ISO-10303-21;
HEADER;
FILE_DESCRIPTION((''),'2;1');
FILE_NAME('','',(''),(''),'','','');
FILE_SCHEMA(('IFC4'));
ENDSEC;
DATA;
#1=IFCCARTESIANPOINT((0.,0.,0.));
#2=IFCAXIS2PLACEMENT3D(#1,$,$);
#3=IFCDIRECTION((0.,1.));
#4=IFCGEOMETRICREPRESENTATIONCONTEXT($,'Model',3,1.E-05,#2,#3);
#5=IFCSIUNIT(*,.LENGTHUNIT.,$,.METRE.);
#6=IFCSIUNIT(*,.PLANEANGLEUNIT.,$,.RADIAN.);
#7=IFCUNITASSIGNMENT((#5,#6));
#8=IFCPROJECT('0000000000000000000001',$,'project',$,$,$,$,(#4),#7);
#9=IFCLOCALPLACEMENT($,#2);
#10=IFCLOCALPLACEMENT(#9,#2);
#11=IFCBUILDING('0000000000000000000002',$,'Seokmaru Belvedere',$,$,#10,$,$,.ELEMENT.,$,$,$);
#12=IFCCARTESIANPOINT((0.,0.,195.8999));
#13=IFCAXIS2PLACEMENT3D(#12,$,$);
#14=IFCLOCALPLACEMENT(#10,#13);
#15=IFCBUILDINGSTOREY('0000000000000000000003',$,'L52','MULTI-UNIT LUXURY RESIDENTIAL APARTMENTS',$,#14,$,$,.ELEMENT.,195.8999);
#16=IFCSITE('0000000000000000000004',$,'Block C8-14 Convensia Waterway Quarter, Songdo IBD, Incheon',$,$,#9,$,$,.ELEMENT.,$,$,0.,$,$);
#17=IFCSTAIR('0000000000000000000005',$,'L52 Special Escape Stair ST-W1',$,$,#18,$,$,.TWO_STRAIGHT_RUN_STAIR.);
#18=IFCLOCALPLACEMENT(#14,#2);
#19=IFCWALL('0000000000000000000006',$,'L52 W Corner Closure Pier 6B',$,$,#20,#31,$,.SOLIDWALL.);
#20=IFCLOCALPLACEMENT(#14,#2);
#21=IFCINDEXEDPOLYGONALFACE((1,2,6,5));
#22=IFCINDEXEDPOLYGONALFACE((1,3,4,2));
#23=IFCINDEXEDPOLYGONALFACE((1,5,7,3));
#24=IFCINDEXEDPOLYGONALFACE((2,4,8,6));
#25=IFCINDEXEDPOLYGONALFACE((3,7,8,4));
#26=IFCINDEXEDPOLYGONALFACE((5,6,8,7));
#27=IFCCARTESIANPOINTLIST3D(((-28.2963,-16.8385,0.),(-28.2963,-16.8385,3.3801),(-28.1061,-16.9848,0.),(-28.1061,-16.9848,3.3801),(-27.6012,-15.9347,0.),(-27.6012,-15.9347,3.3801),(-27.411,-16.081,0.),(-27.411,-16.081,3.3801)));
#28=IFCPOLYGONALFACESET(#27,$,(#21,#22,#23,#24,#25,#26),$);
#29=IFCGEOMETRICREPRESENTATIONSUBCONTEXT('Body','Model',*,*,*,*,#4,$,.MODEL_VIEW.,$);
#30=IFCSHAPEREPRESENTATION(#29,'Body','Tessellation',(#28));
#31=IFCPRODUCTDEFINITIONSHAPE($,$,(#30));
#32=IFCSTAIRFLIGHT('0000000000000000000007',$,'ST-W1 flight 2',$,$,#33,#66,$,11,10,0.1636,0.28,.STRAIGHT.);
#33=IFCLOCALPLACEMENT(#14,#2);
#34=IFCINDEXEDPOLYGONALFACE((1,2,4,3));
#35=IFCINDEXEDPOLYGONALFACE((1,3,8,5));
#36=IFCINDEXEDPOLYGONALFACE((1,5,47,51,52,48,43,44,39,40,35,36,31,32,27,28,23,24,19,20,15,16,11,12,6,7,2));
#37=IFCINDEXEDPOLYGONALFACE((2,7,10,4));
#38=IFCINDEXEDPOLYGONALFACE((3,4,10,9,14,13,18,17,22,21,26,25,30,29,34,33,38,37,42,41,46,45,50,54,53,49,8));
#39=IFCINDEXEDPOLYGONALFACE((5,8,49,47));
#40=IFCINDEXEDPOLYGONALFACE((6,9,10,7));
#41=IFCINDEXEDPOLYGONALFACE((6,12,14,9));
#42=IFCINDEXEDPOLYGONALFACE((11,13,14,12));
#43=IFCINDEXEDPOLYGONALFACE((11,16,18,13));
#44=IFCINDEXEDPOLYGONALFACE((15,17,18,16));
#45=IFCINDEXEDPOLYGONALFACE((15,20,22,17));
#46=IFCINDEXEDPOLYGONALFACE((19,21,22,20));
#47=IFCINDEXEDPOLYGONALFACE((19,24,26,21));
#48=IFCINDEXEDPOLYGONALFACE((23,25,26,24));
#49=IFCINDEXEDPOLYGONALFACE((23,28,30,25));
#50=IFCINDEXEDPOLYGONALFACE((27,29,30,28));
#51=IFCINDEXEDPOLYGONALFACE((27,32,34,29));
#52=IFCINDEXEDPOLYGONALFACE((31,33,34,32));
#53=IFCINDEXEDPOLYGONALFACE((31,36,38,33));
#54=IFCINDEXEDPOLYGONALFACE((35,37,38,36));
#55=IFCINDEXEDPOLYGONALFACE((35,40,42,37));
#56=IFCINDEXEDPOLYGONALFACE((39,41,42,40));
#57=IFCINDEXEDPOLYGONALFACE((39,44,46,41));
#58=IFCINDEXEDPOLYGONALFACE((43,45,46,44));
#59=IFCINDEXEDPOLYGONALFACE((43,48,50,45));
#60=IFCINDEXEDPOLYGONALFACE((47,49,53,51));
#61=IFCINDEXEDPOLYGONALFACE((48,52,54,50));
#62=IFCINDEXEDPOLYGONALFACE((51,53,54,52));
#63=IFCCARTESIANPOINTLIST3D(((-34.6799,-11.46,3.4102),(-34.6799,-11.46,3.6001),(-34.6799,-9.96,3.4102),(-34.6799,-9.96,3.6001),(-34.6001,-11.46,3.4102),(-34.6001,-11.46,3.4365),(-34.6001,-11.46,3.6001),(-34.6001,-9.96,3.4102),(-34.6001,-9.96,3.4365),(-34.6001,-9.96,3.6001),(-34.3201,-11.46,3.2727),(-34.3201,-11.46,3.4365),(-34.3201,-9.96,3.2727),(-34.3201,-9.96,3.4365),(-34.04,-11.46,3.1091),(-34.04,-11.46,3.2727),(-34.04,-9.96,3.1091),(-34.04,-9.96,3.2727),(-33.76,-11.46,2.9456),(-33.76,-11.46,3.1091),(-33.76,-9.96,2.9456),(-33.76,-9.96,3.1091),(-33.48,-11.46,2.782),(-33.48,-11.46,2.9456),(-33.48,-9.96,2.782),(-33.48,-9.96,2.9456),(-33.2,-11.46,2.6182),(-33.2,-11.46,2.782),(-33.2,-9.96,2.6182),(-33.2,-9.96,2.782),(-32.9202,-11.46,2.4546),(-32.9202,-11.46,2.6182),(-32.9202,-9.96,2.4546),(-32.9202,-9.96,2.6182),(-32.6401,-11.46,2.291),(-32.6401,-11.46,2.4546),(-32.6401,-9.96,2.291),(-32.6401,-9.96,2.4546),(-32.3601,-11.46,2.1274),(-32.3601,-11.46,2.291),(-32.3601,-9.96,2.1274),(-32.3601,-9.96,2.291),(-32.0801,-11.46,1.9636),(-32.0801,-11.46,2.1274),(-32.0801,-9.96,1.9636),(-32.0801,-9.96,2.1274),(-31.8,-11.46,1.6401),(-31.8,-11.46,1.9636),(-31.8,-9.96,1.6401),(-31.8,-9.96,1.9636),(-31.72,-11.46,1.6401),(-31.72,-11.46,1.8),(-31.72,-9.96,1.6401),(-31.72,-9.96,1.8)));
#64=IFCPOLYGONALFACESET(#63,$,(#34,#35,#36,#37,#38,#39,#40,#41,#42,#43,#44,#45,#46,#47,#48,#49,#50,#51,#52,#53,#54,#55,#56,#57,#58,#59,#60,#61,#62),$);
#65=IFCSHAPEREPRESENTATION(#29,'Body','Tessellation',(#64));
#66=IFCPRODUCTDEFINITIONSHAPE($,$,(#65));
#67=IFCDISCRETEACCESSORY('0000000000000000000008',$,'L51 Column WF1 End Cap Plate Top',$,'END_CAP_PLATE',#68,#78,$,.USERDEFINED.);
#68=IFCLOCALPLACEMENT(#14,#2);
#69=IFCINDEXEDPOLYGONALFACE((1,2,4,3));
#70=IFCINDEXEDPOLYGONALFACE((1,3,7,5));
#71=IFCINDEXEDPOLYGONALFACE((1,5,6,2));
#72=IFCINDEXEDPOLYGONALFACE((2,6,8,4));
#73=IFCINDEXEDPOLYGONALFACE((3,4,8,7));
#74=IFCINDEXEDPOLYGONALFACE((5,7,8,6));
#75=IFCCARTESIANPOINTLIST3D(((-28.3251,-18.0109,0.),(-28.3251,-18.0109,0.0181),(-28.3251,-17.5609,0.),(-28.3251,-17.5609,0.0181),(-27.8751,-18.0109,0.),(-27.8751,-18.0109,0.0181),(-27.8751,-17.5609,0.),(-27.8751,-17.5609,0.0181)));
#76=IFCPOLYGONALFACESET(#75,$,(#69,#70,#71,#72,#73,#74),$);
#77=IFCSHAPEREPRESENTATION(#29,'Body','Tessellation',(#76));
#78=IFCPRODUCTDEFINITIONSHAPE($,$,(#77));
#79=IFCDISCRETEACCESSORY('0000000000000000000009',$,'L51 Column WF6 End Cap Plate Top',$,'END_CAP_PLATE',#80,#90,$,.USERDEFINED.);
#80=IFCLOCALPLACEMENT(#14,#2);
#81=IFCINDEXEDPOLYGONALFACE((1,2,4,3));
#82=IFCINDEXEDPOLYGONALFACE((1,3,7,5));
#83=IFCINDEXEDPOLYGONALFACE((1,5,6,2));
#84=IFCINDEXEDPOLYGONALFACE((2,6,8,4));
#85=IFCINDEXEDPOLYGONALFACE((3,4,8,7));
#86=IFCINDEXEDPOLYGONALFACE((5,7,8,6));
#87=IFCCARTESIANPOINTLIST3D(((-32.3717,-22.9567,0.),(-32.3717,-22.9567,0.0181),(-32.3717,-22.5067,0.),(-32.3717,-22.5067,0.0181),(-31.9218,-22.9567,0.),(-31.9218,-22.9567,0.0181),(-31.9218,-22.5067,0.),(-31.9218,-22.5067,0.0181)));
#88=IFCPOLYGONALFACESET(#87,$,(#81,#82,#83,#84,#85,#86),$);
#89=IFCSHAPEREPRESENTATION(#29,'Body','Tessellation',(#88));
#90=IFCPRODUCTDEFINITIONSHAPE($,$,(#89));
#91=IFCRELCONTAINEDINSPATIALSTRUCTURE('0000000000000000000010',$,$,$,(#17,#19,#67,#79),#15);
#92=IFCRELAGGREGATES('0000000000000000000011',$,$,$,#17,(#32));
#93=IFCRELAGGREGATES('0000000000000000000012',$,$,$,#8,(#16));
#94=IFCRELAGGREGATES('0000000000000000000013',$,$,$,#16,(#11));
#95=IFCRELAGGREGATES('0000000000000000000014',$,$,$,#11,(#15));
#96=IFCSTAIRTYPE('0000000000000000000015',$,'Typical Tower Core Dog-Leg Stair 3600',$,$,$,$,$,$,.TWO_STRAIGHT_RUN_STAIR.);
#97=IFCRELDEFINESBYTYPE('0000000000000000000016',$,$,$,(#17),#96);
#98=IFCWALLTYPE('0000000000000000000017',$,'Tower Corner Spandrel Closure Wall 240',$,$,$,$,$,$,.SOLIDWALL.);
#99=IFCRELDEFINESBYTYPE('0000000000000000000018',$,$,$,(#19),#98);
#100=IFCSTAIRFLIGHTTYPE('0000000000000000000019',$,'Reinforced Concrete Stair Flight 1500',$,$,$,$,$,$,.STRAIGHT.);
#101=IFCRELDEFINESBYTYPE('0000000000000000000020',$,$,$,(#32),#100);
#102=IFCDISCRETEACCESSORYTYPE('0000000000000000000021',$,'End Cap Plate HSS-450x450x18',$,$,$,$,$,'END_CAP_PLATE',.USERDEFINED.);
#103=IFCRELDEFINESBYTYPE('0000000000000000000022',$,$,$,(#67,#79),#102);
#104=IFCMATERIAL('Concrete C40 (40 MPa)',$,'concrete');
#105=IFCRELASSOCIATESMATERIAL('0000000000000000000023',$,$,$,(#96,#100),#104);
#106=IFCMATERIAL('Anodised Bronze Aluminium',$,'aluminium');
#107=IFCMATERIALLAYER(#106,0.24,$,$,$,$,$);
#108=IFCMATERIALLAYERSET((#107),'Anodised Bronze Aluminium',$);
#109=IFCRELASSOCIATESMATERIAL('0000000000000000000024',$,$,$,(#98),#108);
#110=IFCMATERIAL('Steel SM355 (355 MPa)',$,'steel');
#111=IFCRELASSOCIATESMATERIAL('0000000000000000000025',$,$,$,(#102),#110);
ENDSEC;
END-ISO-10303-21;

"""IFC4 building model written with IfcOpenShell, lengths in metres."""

from ifc_helpers import new_model, si_unit, direction, frame, frame_2d, origin, origin_2d, place, context, subcontext, project, spatial, polyline, rectangle, outline, extrude, source, transform, mapped, material, layer, layer_set, type_object, type_shapes, element, aggregate, save


model = new_model("IFC4")

# Units and contexts
model_context = context("Model", 3, precision=1e-05, world=origin(), true_north=direction((0.0, 1.0)))
body_context = subcontext(model_context, "Body", "Model", "MODEL_VIEW")
ifc_project = project(units=[si_unit("LENGTHUNIT", "METRE"), si_unit("PLANEANGLEUNIT", "RADIAN")], contexts=[model_context])

# Site, building, storey
site_placement = place(None, origin())
site = spatial("IfcSite", under=ifc_project, at=site_placement, Name="Block C8-14 Convensia Waterway Quarter, Songdo IBD, Incheon", CompositionType="ELEMENT", RefElevation=0.0)
building_placement = place(site_placement, origin())
building = spatial("IfcBuilding", under=site, at=building_placement, Name="Seokmaru Belvedere", CompositionType="ELEMENT")
storey_placement = place(building_placement, frame((0.0, 0.0, 195.8999)))
storey = spatial("IfcBuildingStorey", under=building, at=storey_placement, Name="L52", Description="MULTI-UNIT LUXURY RESIDENTIAL APARTMENTS", CompositionType="ELEMENT", Elevation=195.8999)

# Shared definitions
ifc_material_1 = material(Name="Steel SM355 (355 MPa)", Category="steel")

# Shared definitions
ifc_material_2 = material(Name="Anodised Bronze Aluminium", Category="aluminium")

# Stair
ifc_material_3 = material(Name="Concrete C40 (40 MPa)", Category="concrete")
stair_type = type_object("IfcStairType", Name="Typical Tower Core Dog-Leg Stair 3600", PredefinedType="TWO_STRAIGHT_RUN_STAIR", material=ifc_material_3)
stair_placement = place(storey_placement, origin())
stair = element("IfcStair", 1, at=stair_placement, inside=storey, type_object=stair_type, Name="L52 Special Escape Stair ST-W1", PredefinedType="TWO_STRAIGHT_RUN_STAIR")

# Wall
ifc_layer_1 = layer(ifc_material_2, 0.24)
ifc_layer_set_1 = layer_set([ifc_layer_1], Name="Anodised Bronze Aluminium")
wall_type_1 = type_object("IfcWallType", Name="Tower Corner Spandrel Closure Wall 240", PredefinedType="SOLIDWALL", material=ifc_layer_set_1)
wall_1_placement = place(storey_placement, frame((-28.2012, -16.9116, 0.0), z_axis=(0.0, 0.0, 1.0), x_axis=(0.609618, 0.792696, 0.0)))
element("IfcWall", 2, at=wall_1_placement, inside=storey, type_object=wall_type_1, Name="L52 W Corner Closure Pier 6B", PredefinedType="SOLIDWALL", context=body_context, shape_type="SweptSolid", body=[
    extrude(rectangle(XDim=1.1401, YDim=0.24, at=frame_2d((0.5701, 0.0))), origin(), (0.0, 0.0, 1.0), 3.3801),
])

# Stair flight
stair_flight_type = type_object("IfcStairFlightType", Name="Reinforced Concrete Stair Flight 1500", PredefinedType="STRAIGHT", material=ifc_material_3)
stair_flight_placement = place(storey_placement, frame((-31.8, -10.71, 1.8), z_axis=(0.0, 0.0, 1.0), x_axis=(-1.0, 0.0, 0.0)))
stair_flight = element("IfcStairFlight", 3, at=stair_flight_placement, type_object=stair_flight_type, Name="ST-W1 flight 2", NumberOfRisers=11, NumberOfTreads=10, PredefinedType="STRAIGHT", RiserHeight=0.1636, TreadLength=0.28, context=body_context, shape_type="SweptSolid", body=[
    extrude(outline(polyline([(-0.0801, 0.0), (0.0, 0.1636), (0.28, 0.1636), (0.28, 0.3274), (0.5601, 0.3274), (0.5601, 0.491), (0.8401, 0.491), (0.8401, 0.6545), (1.1201, 0.6545), (1.1201, 0.8181), (1.3999, 0.8181), (1.3999, 0.9819), (1.6799, 0.9819), (1.6799, 1.1455), (1.96, 1.1455), (1.96, 1.3091), (2.24, 1.3091), (2.24, 1.4727), (2.52, 1.4727), (2.52, 1.6365), (2.8, 1.6365), (2.8, 1.8), (2.8799, 1.8), (2.8799, 1.6101), (2.8, 1.6101), (0.0, -0.1599), (-0.0801, -0.1599), (-0.0801, 0.0)])), frame((0.0, 0.75, 0.0), z_axis=(0.0, -1.0, 0.0), x_axis=(1.0, 0.0, 0.0)), (0.0, 0.0, 1.0), 1.5),
])
aggregate(stair, [stair_flight])

# Discrete accessories
discrete_accessory_type = type_object("IfcDiscreteAccessoryType", Name="End Cap Plate HSS-450x450x18", ElementType="END_CAP_PLATE", PredefinedType="USERDEFINED", material=ifc_material_1)
shared_shape_1 = source(origin(), body_context, "Body", "SweptSolid", [
    extrude(rectangle(XDim=0.45, YDim=0.45, at=origin_2d()), origin(), (0.0, 0.0, 1.0), 0.0181),
])
type_shapes(discrete_accessory_type, [shared_shape_1])
for number, where, z_axis, x_axis, name in (
    (4, (-28.1001, -17.7859, 0.0), (0.0, 0.0, 1.0), (1.0, 0.0, 0.0), "L51 Column WF1 End Cap Plate Top"),
    (5, (-32.1467, -22.7317, 0.0), (0.0, 0.0, 1.0), (1.0, 0.0, 0.0), "L51 Column WF6 End Cap Plate Top"),
):
    element("IfcDiscreteAccessory", number, at=place(storey_placement, frame(where, z_axis=z_axis, x_axis=x_axis)), inside=storey, type_object=discrete_accessory_type, Name=name, ObjectType="END_CAP_PLATE", PredefinedType="USERDEFINED", context=body_context, shape_type="MappedRepresentation", body=[
        mapped(shared_shape_1, transform((0.0, 0.0, 0.0), scale=1.0)),
    ])

save(model, "model.ifc")
